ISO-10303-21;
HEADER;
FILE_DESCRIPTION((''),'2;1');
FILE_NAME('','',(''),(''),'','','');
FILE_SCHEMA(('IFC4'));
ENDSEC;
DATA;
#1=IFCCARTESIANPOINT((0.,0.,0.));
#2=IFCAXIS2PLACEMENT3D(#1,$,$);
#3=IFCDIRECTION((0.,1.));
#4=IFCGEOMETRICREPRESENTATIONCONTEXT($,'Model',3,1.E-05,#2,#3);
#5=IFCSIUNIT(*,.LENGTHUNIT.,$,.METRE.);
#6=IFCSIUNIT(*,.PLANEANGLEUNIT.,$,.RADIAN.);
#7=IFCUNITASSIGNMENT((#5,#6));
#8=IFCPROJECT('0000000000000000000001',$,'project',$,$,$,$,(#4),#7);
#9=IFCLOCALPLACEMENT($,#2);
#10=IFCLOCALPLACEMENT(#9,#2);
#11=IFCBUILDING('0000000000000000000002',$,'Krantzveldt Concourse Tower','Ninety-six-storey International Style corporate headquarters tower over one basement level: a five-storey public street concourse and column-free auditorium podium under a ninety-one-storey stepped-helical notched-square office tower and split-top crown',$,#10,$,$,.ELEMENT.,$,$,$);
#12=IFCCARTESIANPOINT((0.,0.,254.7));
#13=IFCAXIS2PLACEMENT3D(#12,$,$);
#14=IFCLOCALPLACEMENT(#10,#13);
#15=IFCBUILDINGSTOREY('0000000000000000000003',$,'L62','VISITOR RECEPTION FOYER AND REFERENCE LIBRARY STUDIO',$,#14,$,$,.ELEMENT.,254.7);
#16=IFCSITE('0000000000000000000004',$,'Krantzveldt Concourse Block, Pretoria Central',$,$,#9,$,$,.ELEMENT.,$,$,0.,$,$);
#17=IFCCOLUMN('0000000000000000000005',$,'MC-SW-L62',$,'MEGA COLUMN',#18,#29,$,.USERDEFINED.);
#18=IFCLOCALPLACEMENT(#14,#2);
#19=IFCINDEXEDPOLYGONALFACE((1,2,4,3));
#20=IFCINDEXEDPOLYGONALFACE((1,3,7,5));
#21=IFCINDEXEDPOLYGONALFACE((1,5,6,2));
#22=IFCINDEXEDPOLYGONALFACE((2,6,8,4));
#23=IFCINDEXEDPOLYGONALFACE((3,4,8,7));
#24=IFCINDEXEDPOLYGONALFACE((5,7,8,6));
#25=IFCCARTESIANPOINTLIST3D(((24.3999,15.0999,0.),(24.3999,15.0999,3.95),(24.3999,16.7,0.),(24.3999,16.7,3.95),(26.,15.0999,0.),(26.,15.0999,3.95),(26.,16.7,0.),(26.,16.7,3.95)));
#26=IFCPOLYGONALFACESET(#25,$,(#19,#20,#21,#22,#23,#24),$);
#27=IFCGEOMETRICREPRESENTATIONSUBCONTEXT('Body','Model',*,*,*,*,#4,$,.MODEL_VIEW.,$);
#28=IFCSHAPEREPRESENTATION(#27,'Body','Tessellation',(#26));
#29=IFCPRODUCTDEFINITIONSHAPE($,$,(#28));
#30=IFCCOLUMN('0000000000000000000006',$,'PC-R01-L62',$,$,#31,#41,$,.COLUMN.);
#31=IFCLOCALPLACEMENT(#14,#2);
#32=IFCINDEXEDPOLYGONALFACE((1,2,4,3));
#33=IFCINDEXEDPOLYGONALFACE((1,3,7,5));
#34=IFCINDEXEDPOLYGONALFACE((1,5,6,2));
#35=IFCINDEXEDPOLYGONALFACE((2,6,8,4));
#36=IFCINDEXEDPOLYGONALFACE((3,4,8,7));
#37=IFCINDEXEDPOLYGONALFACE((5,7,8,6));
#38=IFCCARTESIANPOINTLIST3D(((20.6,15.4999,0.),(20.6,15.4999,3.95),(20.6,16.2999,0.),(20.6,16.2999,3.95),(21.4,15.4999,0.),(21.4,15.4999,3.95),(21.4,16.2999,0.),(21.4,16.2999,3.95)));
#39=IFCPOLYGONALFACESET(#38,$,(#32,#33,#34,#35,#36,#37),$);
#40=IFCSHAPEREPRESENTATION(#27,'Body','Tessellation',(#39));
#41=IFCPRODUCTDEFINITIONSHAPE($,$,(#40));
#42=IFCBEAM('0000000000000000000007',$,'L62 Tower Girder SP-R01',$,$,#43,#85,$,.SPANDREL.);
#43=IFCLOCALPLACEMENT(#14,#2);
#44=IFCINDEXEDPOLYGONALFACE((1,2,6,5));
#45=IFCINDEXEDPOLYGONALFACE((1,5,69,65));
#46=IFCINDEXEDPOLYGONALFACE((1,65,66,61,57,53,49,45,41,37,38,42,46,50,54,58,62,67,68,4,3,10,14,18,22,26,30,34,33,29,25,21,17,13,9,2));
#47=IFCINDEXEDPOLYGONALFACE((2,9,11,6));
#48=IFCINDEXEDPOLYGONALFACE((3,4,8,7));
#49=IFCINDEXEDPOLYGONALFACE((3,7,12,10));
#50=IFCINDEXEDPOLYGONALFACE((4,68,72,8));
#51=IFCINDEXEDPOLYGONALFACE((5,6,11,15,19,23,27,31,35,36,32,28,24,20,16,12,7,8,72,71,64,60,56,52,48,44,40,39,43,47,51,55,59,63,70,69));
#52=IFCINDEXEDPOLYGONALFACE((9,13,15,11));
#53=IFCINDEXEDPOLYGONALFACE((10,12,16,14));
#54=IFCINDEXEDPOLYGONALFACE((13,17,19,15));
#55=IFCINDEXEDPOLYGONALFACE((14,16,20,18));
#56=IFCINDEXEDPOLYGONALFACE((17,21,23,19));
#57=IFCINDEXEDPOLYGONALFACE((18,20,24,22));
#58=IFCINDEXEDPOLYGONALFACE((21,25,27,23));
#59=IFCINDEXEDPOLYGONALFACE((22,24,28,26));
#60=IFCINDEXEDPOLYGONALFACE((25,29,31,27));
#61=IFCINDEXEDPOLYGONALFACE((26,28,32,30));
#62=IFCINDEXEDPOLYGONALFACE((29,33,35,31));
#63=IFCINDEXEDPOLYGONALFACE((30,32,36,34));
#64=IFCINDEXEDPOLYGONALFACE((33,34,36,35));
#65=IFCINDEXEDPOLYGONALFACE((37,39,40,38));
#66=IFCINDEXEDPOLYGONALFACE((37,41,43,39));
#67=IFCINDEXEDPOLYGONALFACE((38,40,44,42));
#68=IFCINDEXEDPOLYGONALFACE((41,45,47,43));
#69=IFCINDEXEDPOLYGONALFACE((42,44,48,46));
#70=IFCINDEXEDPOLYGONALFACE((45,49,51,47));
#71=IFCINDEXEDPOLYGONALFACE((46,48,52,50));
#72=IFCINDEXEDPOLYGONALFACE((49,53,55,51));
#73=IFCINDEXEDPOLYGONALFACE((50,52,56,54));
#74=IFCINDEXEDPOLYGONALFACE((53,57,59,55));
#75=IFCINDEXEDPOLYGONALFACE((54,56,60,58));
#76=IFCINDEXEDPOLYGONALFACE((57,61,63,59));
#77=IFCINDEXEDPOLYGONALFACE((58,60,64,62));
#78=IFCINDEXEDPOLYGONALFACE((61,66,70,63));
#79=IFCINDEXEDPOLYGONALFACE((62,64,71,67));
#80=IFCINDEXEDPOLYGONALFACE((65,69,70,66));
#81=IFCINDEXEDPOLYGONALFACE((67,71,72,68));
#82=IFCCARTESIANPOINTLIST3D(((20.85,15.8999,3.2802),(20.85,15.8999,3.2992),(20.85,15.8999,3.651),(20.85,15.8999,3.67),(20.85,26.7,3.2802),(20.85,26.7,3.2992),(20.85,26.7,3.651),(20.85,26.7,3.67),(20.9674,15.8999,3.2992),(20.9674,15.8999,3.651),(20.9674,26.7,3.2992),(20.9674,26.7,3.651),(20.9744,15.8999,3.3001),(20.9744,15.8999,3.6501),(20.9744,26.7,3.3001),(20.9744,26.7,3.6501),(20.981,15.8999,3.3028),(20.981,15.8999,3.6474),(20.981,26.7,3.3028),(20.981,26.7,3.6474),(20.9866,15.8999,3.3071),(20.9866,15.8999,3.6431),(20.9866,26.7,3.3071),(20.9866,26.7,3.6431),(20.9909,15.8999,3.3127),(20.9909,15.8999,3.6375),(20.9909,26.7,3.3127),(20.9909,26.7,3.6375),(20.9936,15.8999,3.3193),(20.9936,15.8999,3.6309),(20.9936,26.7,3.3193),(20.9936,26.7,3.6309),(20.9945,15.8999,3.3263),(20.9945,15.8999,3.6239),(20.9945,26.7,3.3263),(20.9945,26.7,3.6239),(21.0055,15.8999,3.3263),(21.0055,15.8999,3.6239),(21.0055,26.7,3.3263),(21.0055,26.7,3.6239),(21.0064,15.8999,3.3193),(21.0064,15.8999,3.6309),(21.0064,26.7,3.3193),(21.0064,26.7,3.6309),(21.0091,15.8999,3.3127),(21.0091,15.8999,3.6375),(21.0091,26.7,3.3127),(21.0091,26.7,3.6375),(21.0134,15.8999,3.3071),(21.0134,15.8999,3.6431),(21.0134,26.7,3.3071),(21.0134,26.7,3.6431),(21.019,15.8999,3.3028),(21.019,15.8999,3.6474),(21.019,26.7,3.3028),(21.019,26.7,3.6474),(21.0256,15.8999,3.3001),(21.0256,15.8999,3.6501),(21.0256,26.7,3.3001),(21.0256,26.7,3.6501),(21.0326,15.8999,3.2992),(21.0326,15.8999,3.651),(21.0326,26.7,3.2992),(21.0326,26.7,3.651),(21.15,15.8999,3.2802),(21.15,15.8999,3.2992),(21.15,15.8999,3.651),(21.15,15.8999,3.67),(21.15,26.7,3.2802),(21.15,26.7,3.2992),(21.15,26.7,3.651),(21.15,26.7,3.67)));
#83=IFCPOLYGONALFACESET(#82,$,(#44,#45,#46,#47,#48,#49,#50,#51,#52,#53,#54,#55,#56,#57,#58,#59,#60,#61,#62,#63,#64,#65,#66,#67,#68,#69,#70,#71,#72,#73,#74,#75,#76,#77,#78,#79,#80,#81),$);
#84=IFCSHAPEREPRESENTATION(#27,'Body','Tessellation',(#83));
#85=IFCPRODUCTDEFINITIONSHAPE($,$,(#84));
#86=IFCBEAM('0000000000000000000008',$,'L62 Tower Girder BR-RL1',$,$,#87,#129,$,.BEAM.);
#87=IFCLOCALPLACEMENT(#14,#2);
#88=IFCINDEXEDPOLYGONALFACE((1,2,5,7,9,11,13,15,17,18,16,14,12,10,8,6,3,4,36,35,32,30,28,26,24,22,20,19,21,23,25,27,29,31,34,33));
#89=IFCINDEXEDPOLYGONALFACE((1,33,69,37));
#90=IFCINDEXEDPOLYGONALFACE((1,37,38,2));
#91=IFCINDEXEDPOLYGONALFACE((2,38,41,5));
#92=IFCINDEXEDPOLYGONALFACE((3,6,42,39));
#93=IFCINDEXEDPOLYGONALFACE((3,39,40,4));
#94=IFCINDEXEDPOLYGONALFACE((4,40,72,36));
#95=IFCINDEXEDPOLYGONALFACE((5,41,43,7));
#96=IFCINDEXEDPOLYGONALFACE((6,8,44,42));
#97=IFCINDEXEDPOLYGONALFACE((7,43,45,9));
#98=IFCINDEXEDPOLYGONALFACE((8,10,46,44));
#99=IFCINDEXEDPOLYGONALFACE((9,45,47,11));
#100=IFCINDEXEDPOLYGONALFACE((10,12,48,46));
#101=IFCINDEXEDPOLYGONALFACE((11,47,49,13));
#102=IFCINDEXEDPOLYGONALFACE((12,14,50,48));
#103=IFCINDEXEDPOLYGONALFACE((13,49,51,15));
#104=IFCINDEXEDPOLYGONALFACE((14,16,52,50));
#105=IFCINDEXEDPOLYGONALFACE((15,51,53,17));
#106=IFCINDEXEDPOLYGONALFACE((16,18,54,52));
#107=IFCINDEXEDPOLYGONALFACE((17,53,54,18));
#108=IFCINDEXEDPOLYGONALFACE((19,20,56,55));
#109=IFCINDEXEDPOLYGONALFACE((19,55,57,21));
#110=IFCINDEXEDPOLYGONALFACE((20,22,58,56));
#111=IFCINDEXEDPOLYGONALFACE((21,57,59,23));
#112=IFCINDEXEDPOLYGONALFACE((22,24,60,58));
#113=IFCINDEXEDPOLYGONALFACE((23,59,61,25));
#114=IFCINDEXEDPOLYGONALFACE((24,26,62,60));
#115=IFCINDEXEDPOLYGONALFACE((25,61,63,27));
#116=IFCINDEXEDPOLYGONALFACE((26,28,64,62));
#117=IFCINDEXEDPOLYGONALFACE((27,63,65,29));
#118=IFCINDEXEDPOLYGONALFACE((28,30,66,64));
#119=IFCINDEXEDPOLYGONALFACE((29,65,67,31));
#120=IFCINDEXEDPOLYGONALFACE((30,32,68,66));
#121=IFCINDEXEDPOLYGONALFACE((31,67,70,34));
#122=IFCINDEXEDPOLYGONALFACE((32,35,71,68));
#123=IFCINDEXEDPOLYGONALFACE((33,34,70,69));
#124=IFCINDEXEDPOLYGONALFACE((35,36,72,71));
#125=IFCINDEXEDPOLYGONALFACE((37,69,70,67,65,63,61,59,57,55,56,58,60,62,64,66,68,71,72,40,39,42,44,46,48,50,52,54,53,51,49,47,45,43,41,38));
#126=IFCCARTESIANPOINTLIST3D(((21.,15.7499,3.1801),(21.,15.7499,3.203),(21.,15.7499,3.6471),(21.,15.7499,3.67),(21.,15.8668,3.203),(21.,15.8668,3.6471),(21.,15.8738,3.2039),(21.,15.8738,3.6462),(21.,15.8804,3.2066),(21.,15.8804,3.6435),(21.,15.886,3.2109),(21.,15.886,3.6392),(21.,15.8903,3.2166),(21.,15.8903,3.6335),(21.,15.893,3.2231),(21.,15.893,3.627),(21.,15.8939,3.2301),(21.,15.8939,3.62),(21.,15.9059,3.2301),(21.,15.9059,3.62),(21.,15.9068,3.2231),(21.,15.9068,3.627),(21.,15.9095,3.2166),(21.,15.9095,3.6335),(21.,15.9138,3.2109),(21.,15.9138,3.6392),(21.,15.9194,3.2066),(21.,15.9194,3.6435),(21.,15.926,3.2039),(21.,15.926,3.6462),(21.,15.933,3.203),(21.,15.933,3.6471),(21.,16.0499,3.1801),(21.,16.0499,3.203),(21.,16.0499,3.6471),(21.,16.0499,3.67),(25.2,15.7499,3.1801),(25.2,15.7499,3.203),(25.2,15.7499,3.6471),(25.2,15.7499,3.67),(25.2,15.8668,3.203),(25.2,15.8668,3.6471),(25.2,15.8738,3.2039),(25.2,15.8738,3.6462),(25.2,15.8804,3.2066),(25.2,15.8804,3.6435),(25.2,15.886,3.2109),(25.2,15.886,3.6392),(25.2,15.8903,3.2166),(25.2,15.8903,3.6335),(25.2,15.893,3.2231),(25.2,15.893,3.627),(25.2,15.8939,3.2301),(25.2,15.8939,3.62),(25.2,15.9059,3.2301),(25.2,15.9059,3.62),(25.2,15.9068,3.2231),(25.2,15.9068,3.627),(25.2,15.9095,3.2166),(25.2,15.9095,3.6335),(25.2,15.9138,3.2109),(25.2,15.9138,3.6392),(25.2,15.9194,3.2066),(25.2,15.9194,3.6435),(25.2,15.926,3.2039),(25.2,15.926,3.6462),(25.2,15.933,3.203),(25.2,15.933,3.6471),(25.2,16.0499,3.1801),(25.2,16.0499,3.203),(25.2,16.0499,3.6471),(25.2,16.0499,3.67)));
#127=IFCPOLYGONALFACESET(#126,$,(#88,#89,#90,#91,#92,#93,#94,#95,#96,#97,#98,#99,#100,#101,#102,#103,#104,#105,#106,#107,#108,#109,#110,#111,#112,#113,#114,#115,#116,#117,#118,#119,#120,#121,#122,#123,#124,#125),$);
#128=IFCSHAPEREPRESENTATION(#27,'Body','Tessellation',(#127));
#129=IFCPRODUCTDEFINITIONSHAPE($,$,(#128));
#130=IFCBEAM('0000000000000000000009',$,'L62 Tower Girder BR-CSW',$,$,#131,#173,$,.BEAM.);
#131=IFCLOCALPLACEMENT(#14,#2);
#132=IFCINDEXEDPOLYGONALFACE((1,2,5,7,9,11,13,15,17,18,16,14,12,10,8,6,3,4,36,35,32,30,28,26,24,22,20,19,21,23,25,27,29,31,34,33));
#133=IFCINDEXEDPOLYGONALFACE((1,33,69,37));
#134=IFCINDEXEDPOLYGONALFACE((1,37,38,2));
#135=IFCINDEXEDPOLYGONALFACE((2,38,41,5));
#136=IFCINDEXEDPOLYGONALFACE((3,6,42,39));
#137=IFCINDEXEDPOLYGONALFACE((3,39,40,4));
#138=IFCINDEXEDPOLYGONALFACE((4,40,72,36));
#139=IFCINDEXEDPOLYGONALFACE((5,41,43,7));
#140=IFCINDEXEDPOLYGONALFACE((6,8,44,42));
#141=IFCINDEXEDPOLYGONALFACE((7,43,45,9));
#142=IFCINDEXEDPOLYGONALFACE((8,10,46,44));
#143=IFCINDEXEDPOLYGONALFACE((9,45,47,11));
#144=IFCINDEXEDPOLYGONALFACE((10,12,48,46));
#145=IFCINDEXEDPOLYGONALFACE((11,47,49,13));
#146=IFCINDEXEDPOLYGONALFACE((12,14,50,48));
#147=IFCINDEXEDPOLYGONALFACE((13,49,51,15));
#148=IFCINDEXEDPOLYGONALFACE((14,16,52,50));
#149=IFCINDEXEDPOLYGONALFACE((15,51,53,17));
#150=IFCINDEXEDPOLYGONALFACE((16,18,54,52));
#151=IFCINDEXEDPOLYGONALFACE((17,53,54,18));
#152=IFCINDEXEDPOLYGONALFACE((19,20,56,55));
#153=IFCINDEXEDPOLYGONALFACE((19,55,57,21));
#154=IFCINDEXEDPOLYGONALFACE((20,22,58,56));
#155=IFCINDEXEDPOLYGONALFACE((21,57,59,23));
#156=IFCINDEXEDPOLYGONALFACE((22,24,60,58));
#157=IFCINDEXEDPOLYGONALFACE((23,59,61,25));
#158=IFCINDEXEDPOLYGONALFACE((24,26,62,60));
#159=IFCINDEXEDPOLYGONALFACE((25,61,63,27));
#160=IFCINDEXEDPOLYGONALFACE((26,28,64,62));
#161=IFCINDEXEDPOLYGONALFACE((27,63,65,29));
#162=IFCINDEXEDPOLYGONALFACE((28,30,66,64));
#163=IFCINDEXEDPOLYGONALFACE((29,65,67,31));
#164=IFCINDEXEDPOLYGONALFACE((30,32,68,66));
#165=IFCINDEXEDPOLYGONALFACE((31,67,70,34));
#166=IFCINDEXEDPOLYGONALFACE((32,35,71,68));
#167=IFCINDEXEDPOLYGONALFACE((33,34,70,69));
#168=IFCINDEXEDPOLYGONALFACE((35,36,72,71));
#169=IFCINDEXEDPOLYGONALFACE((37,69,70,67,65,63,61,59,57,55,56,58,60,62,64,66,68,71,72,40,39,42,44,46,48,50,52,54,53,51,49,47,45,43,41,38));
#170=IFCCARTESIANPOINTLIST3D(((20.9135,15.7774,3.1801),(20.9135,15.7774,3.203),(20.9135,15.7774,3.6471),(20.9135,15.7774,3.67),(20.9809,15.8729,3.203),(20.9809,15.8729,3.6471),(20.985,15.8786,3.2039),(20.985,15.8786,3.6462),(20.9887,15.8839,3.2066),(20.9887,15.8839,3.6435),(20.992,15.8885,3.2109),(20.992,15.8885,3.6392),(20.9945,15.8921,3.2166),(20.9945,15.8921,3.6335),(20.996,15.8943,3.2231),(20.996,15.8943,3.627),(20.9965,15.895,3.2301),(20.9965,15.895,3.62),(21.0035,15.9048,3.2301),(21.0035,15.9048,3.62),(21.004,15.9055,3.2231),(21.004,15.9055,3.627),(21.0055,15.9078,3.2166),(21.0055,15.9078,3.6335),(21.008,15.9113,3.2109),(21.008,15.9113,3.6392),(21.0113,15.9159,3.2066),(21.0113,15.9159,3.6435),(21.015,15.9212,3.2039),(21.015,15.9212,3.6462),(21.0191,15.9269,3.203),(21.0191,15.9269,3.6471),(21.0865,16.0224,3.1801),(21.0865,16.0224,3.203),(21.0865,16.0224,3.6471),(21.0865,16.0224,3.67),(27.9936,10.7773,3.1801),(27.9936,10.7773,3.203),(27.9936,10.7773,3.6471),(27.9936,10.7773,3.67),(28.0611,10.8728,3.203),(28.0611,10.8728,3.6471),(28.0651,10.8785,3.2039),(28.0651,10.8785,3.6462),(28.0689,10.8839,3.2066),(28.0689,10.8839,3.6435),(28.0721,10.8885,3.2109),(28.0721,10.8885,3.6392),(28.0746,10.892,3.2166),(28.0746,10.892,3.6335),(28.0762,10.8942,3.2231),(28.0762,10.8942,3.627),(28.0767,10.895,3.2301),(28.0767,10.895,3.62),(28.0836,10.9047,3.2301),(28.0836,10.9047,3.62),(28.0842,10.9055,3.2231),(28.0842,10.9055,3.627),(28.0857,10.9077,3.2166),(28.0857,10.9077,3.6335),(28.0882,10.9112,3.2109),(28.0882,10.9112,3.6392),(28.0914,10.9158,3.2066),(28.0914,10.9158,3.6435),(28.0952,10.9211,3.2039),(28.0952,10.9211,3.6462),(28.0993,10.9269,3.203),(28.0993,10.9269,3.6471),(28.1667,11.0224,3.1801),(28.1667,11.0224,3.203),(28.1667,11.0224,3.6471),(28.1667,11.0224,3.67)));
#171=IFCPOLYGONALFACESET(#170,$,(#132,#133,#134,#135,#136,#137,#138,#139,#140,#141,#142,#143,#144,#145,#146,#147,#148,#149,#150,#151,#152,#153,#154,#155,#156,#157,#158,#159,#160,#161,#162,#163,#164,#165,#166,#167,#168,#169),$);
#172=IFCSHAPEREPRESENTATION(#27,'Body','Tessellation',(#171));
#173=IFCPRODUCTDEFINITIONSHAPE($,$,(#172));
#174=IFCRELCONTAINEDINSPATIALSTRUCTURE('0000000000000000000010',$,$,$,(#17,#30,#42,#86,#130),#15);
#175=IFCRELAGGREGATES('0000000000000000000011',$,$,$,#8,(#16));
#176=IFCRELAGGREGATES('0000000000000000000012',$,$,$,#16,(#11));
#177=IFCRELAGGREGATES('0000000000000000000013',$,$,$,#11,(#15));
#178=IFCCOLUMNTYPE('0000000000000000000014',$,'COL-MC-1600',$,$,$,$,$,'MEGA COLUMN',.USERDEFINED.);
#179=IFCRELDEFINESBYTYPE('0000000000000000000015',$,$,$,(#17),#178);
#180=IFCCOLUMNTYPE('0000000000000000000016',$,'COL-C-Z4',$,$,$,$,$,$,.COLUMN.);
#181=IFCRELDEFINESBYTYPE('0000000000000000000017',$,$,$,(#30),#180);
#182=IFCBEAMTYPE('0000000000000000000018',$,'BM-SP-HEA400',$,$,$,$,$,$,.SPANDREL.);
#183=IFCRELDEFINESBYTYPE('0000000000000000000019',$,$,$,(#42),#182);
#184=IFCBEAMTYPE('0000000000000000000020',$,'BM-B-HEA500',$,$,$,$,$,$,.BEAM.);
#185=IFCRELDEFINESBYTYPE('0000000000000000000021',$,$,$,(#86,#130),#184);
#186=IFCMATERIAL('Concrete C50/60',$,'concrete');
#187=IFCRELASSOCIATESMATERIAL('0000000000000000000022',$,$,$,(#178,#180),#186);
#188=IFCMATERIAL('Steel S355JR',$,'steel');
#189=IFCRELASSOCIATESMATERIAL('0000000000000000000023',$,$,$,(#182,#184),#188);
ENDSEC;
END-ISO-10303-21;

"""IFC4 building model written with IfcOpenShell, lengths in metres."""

from ifc_helpers import new_model, si_unit, direction, frame, origin, origin_2d, place, context, subcontext, project, spatial, rectangle, i_section, extrude, source, transform, mapped, material, material_profile, profile_set, type_object, type_shapes, element, save


model = new_model("IFC4")

# Units and contexts
model_context = context("Model", 3, precision=1e-05, world=origin(), true_north=direction((0.0, 1.0)))
body_context = subcontext(model_context, "Body", "Model", "MODEL_VIEW")
ifc_project = project(units=[si_unit("LENGTHUNIT", "METRE"), si_unit("PLANEANGLEUNIT", "RADIAN")], contexts=[model_context])

# Site, building, storey
site_placement = place(None, origin())
site = spatial("IfcSite", under=ifc_project, at=site_placement, Name="Krantzveldt Concourse Block, Pretoria Central", CompositionType="ELEMENT", RefElevation=0.0)
building_placement = place(site_placement, origin())
building = spatial("IfcBuilding", under=site, at=building_placement, Name="Krantzveldt Concourse Tower", Description="Ninety-six-storey International Style corporate headquarters tower over one basement level: a five-storey public street concourse and column-free auditorium podium under a ninety-one-storey stepped-helical notched-square office tower and split-top crown", CompositionType="ELEMENT")
storey_placement = place(building_placement, frame((0.0, 0.0, 254.7)))
storey = spatial("IfcBuildingStorey", under=building, at=storey_placement, Name="L62", Description="VISITOR RECEPTION FOYER AND REFERENCE LIBRARY STUDIO", CompositionType="ELEMENT", Elevation=254.7)

# Columns
ifc_material_1 = material(Name="Concrete C50/60", Category="concrete")
ifc_material_profile_1 = material_profile(ifc_material_1, rectangle(XDim=1.6001, YDim=1.6001, at=origin_2d()), Name="Concrete C50/60", Category="concrete")
ifc_profile_set_1 = profile_set([ifc_material_profile_1], Name="Concrete C50/60 - RC 1600x1600")
column_type_1 = type_object("IfcColumnType", Name="COL-MC-1600", ElementType="MEGA COLUMN", PredefinedType="USERDEFINED", material=ifc_profile_set_1)
shared_shape_1 = source(origin(), body_context, "Body", "SweptSolid", [
    extrude(rectangle(XDim=1.6001, YDim=1.6001, at=origin_2d()), origin(), (0.0, 0.0, 1.0), 3.95),
])
type_shapes(column_type_1, [shared_shape_1])
column_1_placement = place(storey_placement, frame((25.2, 15.8999, 0.0), z_axis=(0.0, 0.0, 1.0), x_axis=(1.0, 0.0, 0.0)))
element("IfcColumn", 1, at=column_1_placement, inside=storey, type_object=column_type_1, Name="MC-SW-L62", ObjectType="MEGA COLUMN", PredefinedType="USERDEFINED", context=body_context, shape_type="MappedRepresentation", body=[
    mapped(shared_shape_1, transform((0.0, 0.0, 0.0), x_axis=(1.0, 0.0, 0.0), y_axis=(0.0, 1.0, 0.0), z_axis=(0.0, 0.0, 1.0), scale=1.0)),
])
ifc_material_profile_2 = material_profile(ifc_material_1, rectangle(XDim=0.8, YDim=0.8, at=origin_2d()), Name="Concrete C50/60", Category="concrete")
ifc_profile_set_2 = profile_set([ifc_material_profile_2], Name="Concrete C50/60 - RC 800x800")
column_type_2 = type_object("IfcColumnType", Name="COL-C-Z4", PredefinedType="COLUMN", material=ifc_profile_set_2)
shared_shape_2 = source(origin(), body_context, "Body", "SweptSolid", [
    extrude(rectangle(XDim=0.8, YDim=0.8, at=origin_2d()), origin(), (0.0, 0.0, 1.0), 3.95),
])
type_shapes(column_type_2, [shared_shape_2])
column_2_placement = place(storey_placement, frame((21.0, 15.8999, 0.0), z_axis=(0.0, 0.0, 1.0), x_axis=(1.0, 0.0, 0.0)))
element("IfcColumn", 2, at=column_2_placement, inside=storey, type_object=column_type_2, Name="PC-R01-L62", PredefinedType="COLUMN", context=body_context, shape_type="MappedRepresentation", body=[
    mapped(shared_shape_2, transform((0.0, 0.0, 0.0), x_axis=(1.0, 0.0, 0.0), y_axis=(0.0, 1.0, 0.0), z_axis=(0.0, 0.0, 1.0), scale=1.0)),
])

# Beams
ifc_material_2 = material(Name="Steel S355JR", Category="steel")
ifc_material_profile_3 = material_profile(ifc_material_2, i_section(OverallWidth=0.3, OverallDepth=0.3899, WebThickness=0.011, FlangeThickness=0.019, FilletRadius=0.0271, at=origin_2d()), Name="Steel S355JR", Category="steel")
ifc_profile_set_3 = profile_set([ifc_material_profile_3], Name="Steel S355JR - HEA 400")
beam_type_1 = type_object("IfcBeamType", Name="BM-SP-HEA400", PredefinedType="SPANDREL", material=ifc_profile_set_3)
shared_shape_3 = source(origin(), body_context, "Body", "SweptSolid", [
    extrude(i_section(OverallWidth=0.3, OverallDepth=0.3899, WebThickness=0.011, FlangeThickness=0.019, FilletRadius=0.0271, at=origin_2d()), origin(), (0.0, 0.0, 1.0), 10.8),
])
type_shapes(beam_type_1, [shared_shape_3])
beam_1_placement = place(storey_placement, frame((21.0, 15.8999, 3.4751), z_axis=(0.0, 1.0, 0.0), x_axis=(-1.0, 0.0, 0.0)))
element("IfcBeam", 3, at=beam_1_placement, inside=storey, type_object=beam_type_1, Name="L62 Tower Girder SP-R01", PredefinedType="SPANDREL", context=body_context, shape_type="MappedRepresentation", body=[
    mapped(shared_shape_3, transform((0.0, 0.0, 0.0), x_axis=(1.0, 0.0, 0.0), y_axis=(0.0, 1.0, 0.0), z_axis=(0.0, 0.0, 1.0), scale=1.0)),
])
ifc_material_profile_4 = material_profile(ifc_material_2, i_section(OverallWidth=0.3, OverallDepth=0.49, WebThickness=0.012, FlangeThickness=0.0229, FilletRadius=0.0271, at=origin_2d()), Name="Steel S355JR", Category="steel")
ifc_profile_set_4 = profile_set([ifc_material_profile_4], Name="Steel S355JR - HEA 500")
beam_type_2 = type_object("IfcBeamType", Name="BM-B-HEA500", PredefinedType="BEAM", material=ifc_profile_set_4)
shared_shape_4 = source(origin(), body_context, "Body", "SweptSolid", [
    extrude(i_section(OverallWidth=0.3, OverallDepth=0.49, WebThickness=0.012, FlangeThickness=0.0229, FilletRadius=0.0271, at=origin_2d()), origin(), (0.0, 0.0, 1.0), 4.2),
])
beam_2_placement = place(storey_placement, frame((21.0, 15.8999, 3.425), z_axis=(1.0, 0.0, 0.0), x_axis=(0.0, 1.0, 0.0)))
element("IfcBeam", 4, at=beam_2_placement, inside=storey, type_object=beam_type_2, Name="L62 Tower Girder BR-RL1", PredefinedType="BEAM", context=body_context, shape_type="MappedRepresentation", body=[
    mapped(shared_shape_4, transform((0.0, 0.0, 0.0), x_axis=(1.0, 0.0, 0.0), y_axis=(0.0, 1.0, 0.0), z_axis=(0.0, 0.0, 1.0), scale=1.0)),
])
shared_shape_5 = source(origin(), body_context, "Body", "SweptSolid", [
    extrude(i_section(OverallWidth=0.3, OverallDepth=0.49, WebThickness=0.012, FlangeThickness=0.0229, FilletRadius=0.0271, at=origin_2d()), origin(), (0.0, 0.0, 1.0), 8.6677),
])
type_shapes(beam_type_2, [shared_shape_4, shared_shape_5])
beam_3_placement = place(storey_placement, frame((21.0, 15.8999, 3.425), z_axis=(0.816843, -0.57686, 0.0), x_axis=(0.57686, 0.816843, 0.0)))
element("IfcBeam", 5, at=beam_3_placement, inside=storey, type_object=beam_type_2, Name="L62 Tower Girder BR-CSW", PredefinedType="BEAM", context=body_context, shape_type="MappedRepresentation", body=[
    mapped(shared_shape_5, transform((0.0, 0.0, 0.0), x_axis=(1.0, 0.0, 0.0), y_axis=(0.0, 1.0, 0.0), z_axis=(0.0, 0.0, 1.0), scale=1.0)),
])

save(model, "model.ifc")
